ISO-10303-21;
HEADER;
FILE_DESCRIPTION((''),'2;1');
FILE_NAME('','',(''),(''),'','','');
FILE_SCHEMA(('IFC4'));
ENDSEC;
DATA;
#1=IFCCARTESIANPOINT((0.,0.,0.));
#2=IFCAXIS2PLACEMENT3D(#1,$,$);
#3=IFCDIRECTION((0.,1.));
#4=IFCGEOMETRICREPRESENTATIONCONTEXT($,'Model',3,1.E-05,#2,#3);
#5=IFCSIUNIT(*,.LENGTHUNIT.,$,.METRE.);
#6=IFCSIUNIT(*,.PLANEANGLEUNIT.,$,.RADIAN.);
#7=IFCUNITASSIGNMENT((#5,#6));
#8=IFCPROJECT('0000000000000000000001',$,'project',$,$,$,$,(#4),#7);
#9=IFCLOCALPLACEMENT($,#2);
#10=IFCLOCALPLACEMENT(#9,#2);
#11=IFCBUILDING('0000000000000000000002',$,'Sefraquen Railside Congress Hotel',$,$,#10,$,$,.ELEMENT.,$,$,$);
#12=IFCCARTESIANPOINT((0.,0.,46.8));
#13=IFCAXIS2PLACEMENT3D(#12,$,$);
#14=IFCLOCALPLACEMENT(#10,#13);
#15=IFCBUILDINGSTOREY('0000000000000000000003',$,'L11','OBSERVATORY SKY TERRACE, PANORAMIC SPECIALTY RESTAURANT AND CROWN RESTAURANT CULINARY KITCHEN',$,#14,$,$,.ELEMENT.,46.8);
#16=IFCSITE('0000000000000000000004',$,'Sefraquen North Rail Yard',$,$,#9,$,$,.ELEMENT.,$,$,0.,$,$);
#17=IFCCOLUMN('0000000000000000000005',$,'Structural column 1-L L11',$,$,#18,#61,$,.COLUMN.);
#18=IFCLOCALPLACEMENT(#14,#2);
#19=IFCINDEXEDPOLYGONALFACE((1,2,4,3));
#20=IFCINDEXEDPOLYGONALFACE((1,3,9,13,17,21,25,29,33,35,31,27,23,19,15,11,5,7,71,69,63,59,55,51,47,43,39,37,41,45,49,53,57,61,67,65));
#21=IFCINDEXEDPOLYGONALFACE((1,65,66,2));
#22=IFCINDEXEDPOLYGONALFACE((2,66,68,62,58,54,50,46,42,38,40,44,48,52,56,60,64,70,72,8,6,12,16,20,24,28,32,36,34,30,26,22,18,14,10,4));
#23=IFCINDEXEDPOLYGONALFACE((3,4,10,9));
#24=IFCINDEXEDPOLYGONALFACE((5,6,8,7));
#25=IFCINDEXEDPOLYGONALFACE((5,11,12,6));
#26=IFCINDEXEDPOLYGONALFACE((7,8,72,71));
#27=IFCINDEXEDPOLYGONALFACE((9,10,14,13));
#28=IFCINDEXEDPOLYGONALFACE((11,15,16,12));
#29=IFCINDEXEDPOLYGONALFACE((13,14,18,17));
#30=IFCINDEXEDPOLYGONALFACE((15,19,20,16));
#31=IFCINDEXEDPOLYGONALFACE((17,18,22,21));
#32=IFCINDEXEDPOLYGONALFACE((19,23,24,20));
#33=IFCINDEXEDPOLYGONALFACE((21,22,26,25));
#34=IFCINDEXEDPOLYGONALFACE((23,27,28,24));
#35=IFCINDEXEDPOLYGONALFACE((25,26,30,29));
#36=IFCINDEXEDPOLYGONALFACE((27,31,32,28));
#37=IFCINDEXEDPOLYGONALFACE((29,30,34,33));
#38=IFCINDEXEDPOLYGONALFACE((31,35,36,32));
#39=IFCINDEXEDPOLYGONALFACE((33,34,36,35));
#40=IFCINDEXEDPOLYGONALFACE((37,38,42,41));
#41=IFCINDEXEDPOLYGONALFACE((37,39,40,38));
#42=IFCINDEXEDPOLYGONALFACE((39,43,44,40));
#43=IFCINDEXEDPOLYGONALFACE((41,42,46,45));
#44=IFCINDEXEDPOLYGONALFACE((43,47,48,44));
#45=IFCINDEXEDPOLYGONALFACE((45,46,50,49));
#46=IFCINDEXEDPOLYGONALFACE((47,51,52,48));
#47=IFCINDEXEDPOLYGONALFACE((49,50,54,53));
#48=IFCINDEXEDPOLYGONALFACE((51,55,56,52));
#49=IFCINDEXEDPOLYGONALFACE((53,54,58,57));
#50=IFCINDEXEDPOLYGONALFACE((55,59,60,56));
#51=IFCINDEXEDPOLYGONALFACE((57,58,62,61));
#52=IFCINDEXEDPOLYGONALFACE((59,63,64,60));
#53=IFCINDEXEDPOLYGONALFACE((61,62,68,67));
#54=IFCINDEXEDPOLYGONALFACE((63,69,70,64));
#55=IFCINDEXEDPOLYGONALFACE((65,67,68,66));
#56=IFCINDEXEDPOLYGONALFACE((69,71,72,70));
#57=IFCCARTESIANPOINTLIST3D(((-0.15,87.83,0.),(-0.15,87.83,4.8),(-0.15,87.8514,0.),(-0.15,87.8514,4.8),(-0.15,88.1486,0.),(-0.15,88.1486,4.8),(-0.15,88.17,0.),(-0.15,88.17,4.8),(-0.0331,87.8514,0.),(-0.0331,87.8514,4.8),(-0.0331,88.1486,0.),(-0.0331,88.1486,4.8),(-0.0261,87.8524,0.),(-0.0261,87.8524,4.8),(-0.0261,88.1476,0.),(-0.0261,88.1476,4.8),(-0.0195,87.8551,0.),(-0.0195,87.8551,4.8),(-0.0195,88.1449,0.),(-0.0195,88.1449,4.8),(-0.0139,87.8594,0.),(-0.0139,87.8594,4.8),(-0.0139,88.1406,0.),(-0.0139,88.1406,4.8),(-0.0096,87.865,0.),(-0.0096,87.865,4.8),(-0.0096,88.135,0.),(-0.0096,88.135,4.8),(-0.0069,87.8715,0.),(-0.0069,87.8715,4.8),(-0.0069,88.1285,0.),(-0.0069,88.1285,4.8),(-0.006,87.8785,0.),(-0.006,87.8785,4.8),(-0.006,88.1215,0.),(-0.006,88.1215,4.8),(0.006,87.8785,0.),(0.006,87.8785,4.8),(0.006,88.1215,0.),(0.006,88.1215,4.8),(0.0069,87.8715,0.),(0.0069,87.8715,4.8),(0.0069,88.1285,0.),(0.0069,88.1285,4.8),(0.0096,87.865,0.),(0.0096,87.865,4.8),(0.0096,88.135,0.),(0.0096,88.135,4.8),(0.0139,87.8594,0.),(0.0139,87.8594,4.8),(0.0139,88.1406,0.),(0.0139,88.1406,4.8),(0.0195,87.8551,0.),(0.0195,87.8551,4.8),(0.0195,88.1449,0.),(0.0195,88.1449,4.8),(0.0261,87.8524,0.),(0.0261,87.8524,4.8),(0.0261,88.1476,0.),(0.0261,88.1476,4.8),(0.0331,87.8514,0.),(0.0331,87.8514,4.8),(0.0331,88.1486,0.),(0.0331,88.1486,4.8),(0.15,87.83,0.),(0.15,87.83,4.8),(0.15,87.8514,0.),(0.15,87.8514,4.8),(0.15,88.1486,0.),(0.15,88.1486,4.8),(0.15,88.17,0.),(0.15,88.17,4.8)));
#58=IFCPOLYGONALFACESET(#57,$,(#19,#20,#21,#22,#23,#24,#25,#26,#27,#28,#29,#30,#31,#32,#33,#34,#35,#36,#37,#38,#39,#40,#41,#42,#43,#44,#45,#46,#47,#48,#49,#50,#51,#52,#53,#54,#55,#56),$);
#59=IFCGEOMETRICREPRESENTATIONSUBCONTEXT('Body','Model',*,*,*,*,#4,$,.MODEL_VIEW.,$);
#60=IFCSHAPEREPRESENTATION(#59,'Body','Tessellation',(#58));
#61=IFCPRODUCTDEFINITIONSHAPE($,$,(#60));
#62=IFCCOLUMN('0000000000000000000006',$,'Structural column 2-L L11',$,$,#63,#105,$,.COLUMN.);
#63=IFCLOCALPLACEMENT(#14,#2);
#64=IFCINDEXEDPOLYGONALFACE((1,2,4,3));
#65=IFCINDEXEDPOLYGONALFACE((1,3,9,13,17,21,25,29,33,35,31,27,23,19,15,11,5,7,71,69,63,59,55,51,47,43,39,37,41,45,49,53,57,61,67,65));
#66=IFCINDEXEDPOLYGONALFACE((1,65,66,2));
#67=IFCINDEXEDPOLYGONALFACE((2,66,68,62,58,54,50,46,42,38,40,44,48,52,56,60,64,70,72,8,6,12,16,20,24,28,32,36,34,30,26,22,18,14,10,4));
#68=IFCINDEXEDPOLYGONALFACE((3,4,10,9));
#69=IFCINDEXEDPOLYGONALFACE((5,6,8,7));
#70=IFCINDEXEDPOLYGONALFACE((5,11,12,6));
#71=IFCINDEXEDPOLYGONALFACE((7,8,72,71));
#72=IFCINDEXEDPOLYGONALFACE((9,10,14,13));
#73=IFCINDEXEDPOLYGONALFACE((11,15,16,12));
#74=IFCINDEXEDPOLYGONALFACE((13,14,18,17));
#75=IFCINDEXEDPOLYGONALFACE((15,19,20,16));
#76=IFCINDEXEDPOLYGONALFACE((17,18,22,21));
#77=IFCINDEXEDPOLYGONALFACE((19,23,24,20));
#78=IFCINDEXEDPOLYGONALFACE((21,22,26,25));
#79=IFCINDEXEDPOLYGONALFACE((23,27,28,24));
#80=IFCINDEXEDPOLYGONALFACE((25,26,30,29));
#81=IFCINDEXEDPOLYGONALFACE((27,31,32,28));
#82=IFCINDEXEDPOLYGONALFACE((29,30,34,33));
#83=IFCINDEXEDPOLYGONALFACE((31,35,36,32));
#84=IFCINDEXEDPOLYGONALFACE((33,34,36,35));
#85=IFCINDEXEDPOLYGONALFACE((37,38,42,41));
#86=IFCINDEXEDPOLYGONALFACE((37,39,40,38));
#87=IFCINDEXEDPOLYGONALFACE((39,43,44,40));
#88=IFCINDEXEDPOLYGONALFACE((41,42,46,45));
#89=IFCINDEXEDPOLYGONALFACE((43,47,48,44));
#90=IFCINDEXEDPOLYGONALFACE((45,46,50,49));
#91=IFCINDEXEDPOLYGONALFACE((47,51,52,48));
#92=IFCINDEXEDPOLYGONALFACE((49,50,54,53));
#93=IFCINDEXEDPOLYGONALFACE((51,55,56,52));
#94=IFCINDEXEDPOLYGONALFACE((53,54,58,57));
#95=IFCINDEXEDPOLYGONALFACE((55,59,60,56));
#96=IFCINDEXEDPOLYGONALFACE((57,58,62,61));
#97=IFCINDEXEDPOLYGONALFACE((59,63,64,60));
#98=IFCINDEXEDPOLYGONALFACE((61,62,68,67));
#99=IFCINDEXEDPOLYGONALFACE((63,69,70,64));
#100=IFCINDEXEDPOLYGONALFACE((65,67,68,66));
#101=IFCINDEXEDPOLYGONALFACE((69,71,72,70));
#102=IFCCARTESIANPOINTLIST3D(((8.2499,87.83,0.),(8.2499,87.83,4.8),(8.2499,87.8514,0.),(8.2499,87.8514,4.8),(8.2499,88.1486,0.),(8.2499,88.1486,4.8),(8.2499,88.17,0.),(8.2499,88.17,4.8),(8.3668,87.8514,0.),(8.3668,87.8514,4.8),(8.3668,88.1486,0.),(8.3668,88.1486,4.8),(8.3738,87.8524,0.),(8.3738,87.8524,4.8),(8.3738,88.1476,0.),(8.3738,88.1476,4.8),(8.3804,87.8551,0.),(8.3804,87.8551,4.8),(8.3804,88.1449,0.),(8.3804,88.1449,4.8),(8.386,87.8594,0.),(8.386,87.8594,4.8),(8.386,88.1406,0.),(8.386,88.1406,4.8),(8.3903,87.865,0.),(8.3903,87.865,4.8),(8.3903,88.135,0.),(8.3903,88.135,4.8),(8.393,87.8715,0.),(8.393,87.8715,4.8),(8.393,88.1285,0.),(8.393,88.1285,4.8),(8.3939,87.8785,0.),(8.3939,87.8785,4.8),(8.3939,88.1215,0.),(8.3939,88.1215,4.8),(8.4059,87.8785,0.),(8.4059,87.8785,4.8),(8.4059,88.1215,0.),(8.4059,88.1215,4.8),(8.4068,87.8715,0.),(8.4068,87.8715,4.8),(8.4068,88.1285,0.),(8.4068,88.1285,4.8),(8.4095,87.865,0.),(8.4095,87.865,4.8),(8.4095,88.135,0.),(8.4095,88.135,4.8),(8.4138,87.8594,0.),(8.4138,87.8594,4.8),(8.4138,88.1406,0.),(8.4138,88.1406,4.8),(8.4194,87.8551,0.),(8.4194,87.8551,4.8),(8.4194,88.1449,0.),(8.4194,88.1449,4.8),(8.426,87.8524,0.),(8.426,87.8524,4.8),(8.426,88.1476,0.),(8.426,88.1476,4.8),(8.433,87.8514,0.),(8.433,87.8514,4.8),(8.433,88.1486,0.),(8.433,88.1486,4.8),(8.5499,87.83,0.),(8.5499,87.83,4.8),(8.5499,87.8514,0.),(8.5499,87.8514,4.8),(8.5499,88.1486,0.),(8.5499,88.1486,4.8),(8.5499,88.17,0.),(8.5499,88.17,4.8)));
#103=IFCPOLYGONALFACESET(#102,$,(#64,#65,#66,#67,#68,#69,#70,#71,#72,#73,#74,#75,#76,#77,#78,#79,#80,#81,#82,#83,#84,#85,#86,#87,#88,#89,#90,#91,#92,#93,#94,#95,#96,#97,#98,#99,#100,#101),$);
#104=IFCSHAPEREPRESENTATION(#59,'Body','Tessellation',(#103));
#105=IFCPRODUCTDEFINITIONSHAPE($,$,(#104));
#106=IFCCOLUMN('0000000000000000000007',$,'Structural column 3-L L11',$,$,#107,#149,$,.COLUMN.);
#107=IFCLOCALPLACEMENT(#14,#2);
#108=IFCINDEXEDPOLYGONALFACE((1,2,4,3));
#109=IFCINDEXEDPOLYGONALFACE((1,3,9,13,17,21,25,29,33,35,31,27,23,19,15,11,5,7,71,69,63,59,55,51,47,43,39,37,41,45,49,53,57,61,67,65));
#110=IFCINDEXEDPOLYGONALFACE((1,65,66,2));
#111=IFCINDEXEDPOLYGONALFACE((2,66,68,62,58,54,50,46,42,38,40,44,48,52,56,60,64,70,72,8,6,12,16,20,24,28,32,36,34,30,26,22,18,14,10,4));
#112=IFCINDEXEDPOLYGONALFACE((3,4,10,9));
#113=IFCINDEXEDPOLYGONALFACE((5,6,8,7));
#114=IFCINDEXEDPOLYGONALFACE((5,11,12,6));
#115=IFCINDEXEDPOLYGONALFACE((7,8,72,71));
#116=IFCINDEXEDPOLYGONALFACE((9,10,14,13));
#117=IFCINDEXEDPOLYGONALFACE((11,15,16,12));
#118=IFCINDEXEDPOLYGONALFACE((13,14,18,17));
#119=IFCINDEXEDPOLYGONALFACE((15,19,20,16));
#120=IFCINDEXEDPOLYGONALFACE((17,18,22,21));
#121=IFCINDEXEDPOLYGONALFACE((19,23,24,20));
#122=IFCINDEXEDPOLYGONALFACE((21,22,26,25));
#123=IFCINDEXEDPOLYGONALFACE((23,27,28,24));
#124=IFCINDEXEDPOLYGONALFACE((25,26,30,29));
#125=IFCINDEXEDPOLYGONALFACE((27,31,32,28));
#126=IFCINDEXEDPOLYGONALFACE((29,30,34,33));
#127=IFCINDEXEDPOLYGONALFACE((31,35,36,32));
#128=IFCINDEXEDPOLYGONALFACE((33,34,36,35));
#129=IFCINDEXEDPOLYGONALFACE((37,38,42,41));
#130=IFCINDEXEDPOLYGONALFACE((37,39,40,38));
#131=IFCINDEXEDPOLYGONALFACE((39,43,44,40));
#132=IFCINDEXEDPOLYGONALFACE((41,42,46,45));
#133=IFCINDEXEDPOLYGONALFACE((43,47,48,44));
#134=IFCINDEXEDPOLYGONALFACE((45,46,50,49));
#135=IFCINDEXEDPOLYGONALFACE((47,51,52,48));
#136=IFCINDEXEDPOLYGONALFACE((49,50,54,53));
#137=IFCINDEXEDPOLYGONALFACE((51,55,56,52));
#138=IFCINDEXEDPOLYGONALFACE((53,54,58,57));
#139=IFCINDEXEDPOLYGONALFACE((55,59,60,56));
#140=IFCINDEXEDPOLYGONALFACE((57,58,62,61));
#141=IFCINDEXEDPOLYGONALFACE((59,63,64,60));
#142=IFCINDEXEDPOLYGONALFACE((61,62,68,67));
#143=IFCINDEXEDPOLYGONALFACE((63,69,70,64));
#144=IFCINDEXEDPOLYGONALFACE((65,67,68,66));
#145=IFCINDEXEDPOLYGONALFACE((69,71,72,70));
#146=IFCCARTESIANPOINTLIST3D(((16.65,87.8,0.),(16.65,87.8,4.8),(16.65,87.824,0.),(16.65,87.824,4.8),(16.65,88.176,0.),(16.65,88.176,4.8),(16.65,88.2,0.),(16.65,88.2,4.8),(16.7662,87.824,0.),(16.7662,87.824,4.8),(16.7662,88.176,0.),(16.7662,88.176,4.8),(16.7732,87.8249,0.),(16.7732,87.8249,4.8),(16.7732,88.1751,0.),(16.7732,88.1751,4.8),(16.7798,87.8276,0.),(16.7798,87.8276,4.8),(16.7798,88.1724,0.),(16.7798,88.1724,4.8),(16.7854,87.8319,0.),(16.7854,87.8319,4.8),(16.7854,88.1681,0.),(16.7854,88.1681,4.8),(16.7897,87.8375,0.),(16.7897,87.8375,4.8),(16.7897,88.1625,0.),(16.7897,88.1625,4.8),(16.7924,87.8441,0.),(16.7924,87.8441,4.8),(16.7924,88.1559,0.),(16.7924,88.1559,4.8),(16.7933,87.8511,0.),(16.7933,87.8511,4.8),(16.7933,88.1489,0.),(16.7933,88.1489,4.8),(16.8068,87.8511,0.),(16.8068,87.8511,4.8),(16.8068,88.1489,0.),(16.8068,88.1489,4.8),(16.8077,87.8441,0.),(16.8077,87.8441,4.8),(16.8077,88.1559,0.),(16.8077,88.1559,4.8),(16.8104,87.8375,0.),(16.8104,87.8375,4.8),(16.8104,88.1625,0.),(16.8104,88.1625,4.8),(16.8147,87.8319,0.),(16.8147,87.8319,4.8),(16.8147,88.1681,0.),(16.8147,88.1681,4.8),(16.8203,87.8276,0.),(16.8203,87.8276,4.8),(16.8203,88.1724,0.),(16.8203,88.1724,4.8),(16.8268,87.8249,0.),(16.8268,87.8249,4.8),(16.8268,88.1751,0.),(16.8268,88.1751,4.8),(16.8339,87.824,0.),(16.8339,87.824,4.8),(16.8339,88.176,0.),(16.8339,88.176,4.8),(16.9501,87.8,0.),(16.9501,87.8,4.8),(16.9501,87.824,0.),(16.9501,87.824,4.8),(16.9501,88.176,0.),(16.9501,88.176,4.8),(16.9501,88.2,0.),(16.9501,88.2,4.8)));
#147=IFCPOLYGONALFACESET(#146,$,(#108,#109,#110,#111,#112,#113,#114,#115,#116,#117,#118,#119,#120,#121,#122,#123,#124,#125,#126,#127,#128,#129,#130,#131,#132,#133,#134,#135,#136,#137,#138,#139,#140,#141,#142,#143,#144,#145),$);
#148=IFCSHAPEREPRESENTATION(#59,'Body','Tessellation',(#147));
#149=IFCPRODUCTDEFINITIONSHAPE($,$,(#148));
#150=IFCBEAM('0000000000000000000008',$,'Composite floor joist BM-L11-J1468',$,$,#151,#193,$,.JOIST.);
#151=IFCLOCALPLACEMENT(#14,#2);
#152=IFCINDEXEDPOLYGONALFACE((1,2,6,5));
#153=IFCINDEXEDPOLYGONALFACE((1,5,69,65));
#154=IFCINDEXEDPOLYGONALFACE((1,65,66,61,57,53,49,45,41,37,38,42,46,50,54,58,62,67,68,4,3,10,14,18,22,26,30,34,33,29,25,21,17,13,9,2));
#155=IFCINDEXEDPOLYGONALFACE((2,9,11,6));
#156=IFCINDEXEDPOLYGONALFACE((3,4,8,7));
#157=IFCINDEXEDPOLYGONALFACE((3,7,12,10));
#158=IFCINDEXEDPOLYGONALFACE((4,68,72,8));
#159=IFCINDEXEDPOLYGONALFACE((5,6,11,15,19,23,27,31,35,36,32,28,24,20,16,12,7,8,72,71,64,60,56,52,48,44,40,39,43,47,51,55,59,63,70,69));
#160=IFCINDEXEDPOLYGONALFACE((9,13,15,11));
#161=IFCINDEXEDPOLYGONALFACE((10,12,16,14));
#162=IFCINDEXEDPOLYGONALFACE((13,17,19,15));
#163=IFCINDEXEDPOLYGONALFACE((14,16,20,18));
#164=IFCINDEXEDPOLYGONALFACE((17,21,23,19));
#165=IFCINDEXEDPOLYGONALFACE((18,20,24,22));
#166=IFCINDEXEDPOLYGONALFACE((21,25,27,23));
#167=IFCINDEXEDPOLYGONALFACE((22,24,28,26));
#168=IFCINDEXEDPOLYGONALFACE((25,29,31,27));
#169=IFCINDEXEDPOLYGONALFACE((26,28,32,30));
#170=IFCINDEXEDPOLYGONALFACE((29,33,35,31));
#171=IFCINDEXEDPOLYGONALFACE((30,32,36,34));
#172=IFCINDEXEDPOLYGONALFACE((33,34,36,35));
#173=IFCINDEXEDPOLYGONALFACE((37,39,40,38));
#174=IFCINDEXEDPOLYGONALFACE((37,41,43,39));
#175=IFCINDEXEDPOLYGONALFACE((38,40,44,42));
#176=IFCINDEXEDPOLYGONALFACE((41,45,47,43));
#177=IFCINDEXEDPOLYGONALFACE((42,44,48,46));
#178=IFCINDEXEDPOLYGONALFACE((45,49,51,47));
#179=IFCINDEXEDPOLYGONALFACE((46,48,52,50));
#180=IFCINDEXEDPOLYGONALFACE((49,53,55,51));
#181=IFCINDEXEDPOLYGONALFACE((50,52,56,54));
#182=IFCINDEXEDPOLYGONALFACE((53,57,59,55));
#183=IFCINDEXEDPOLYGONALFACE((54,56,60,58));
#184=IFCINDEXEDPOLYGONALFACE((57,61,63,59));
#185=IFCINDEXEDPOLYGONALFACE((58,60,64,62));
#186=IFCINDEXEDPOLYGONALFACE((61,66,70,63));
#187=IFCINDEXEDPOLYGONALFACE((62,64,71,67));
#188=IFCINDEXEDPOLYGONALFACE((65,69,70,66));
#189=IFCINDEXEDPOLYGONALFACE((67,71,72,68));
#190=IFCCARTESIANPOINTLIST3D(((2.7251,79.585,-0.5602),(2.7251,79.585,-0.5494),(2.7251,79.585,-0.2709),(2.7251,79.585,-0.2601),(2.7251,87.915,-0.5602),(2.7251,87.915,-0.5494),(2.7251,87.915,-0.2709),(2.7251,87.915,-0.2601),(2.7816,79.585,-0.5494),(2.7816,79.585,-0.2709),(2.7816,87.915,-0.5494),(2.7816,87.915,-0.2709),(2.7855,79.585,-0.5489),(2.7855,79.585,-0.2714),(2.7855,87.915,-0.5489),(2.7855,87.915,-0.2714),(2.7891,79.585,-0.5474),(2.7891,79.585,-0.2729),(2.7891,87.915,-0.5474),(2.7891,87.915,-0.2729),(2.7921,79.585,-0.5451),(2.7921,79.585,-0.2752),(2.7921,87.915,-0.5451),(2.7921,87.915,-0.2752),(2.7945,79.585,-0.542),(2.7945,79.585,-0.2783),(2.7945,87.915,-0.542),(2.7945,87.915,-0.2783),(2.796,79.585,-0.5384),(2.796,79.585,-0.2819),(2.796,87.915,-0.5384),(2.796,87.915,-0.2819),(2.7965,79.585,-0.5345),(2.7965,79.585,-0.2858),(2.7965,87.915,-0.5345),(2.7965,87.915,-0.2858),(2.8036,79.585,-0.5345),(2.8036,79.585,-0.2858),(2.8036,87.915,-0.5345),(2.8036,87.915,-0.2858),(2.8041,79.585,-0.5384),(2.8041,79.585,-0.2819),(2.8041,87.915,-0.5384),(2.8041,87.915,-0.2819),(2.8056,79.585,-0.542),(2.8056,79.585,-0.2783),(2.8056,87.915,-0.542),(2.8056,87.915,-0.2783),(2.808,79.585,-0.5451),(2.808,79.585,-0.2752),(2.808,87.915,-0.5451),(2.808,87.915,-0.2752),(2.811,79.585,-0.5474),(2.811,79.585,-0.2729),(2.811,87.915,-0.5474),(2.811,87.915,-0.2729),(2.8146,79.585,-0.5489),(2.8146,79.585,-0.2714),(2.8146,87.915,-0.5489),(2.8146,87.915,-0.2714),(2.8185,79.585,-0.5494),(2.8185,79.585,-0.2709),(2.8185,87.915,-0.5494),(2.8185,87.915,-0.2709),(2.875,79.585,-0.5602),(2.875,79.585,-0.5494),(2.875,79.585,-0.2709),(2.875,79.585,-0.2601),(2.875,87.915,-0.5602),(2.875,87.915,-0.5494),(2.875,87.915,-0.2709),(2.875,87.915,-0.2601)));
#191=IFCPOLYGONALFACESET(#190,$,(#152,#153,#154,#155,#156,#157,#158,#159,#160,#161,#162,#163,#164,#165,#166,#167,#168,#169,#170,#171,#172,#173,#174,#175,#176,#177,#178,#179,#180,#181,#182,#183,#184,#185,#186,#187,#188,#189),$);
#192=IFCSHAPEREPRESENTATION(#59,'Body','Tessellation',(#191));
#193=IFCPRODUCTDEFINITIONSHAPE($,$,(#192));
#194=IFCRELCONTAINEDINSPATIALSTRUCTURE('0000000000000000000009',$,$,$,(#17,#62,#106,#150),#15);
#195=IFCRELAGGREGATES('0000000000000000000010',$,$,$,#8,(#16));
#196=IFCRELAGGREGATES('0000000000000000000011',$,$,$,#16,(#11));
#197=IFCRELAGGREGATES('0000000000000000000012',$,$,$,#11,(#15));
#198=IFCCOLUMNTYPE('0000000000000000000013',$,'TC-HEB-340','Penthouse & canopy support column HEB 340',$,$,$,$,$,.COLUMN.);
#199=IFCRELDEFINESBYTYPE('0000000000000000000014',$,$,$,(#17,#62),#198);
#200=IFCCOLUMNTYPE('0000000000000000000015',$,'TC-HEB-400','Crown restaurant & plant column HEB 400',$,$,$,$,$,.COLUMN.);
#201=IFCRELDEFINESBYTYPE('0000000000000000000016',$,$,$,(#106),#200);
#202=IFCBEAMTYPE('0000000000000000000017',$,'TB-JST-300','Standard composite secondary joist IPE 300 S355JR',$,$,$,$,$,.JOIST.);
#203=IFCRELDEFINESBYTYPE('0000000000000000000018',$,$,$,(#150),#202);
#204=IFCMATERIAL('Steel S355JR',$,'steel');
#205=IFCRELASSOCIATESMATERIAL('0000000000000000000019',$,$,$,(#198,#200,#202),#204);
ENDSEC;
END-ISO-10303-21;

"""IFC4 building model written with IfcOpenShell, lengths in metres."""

from ifc_helpers import new_model, si_unit, direction, frame, origin, origin_2d, place, context, subcontext, project, spatial, i_section, extrude, material, material_profile, profile_set, type_object, element, save


model = new_model("IFC4")

# Units and contexts
model_context = context("Model", 3, precision=1e-05, world=origin(), true_north=direction((0.0, 1.0)))
body_context = subcontext(model_context, "Body", "Model", "MODEL_VIEW")
ifc_project = project(units=[si_unit("LENGTHUNIT", "METRE"), si_unit("PLANEANGLEUNIT", "RADIAN")], contexts=[model_context])

# Site, building, storey
site_placement = place(None, origin())
site = spatial("IfcSite", under=ifc_project, at=site_placement, Name="Sefraquen North Rail Yard", CompositionType="ELEMENT", RefElevation=0.0)
building_placement = place(site_placement, origin())
building = spatial("IfcBuilding", under=site, at=building_placement, Name="Sefraquen Railside Congress Hotel", CompositionType="ELEMENT")
storey_placement = place(building_placement, frame((0.0, 0.0, 46.8)))
storey = spatial("IfcBuildingStorey", under=building, at=storey_placement, Name="L11", Description="OBSERVATORY SKY TERRACE, PANORAMIC SPECIALTY RESTAURANT AND CROWN RESTAURANT CULINARY KITCHEN", CompositionType="ELEMENT", Elevation=46.8)

# Columns
ifc_material_1 = material(Name="Steel S355JR", Category="steel")
ifc_material_profile_1 = material_profile(ifc_material_1, i_section(OverallWidth=0.3, OverallDepth=0.3401, WebThickness=0.012, FlangeThickness=0.0215, FilletRadius=0.0271, at=origin_2d()), Name="HEB 340")
ifc_profile_set_1 = profile_set([ifc_material_profile_1], Name="Steel S355JR")
column_type_1 = type_object("IfcColumnType", Name="TC-HEB-340", Description="Penthouse & canopy support column HEB 340", PredefinedType="COLUMN", material=ifc_profile_set_1)
for number, where, z_axis, x_axis, name in (
    (1, (0.0, 88.0, 0.0), (0.0, 0.0, 1.0), (1.0, 0.0, 0.0), "Structural column 1-L L11"),
    (2, (8.3999, 88.0, 0.0), (0.0, 0.0, 1.0), (1.0, 0.0, 0.0), "Structural column 2-L L11"),
):
    element("IfcColumn", number, at=place(storey_placement, frame(where, z_axis=z_axis, x_axis=x_axis)), inside=storey, type_object=column_type_1, Name=name, PredefinedType="COLUMN", context=body_context, shape_type="SweptSolid", body=[
        extrude(i_section(OverallWidth=0.3, OverallDepth=0.3401, WebThickness=0.012, FlangeThickness=0.0215, FilletRadius=0.0271, at=origin_2d()), origin(), (0.0, 0.0, 1.0), 4.8),
    ])
ifc_material_profile_2 = material_profile(ifc_material_1, i_section(OverallWidth=0.3, OverallDepth=0.3999, WebThickness=0.0134, FlangeThickness=0.0239, FilletRadius=0.0271, at=origin_2d()), Name="HEB 400")
ifc_profile_set_2 = profile_set([ifc_material_profile_2], Name="Steel S355JR")
column_type_2 = type_object("IfcColumnType", Name="TC-HEB-400", Description="Crown restaurant & plant column HEB 400", PredefinedType="COLUMN", material=ifc_profile_set_2)
column_placement = place(storey_placement, frame((16.8, 88.0, 0.0), z_axis=(0.0, 0.0, 1.0), x_axis=(1.0, 0.0, 0.0)))
element("IfcColumn", 3, at=column_placement, inside=storey, type_object=column_type_2, Name="Structural column 3-L L11", PredefinedType="COLUMN", context=body_context, shape_type="SweptSolid", body=[
    extrude(i_section(OverallWidth=0.3, OverallDepth=0.3999, WebThickness=0.0134, FlangeThickness=0.0239, FilletRadius=0.0271, at=origin_2d()), origin(), (0.0, 0.0, 1.0), 4.8),
])

# Beam
ifc_material_profile_3 = material_profile(ifc_material_1, i_section(OverallWidth=0.1499, OverallDepth=0.3, WebThickness=0.0071, FlangeThickness=0.0107, FilletRadius=0.0149, at=origin_2d()), Name="IPE 300")
ifc_profile_set_3 = profile_set([ifc_material_profile_3], Name="Steel S355JR")
beam_type = type_object("IfcBeamType", Name="TB-JST-300", Description="Standard composite secondary joist IPE 300 S355JR", PredefinedType="JOIST", material=ifc_profile_set_3)
for number, where, z_axis, x_axis, name in (
    (4, (2.8, 79.585, -0.4102), (0.0, 1.0, 0.0), (-1.0, 0.0, 0.0), "Composite floor joist BM-L11-J1468"),
):
    element("IfcBeam", number, at=place(storey_placement, frame(where, z_axis=z_axis, x_axis=x_axis)), inside=storey, type_object=beam_type, Name=name, PredefinedType="JOIST", context=body_context, shape_type="SweptSolid", body=[
        extrude(i_section(OverallWidth=0.1499, OverallDepth=0.3, WebThickness=0.0071, FlangeThickness=0.0107, FilletRadius=0.0149, at=origin_2d()), origin(), (0.0, 0.0, 1.0), 8.3301),
    ])

save(model, "model.ifc")
